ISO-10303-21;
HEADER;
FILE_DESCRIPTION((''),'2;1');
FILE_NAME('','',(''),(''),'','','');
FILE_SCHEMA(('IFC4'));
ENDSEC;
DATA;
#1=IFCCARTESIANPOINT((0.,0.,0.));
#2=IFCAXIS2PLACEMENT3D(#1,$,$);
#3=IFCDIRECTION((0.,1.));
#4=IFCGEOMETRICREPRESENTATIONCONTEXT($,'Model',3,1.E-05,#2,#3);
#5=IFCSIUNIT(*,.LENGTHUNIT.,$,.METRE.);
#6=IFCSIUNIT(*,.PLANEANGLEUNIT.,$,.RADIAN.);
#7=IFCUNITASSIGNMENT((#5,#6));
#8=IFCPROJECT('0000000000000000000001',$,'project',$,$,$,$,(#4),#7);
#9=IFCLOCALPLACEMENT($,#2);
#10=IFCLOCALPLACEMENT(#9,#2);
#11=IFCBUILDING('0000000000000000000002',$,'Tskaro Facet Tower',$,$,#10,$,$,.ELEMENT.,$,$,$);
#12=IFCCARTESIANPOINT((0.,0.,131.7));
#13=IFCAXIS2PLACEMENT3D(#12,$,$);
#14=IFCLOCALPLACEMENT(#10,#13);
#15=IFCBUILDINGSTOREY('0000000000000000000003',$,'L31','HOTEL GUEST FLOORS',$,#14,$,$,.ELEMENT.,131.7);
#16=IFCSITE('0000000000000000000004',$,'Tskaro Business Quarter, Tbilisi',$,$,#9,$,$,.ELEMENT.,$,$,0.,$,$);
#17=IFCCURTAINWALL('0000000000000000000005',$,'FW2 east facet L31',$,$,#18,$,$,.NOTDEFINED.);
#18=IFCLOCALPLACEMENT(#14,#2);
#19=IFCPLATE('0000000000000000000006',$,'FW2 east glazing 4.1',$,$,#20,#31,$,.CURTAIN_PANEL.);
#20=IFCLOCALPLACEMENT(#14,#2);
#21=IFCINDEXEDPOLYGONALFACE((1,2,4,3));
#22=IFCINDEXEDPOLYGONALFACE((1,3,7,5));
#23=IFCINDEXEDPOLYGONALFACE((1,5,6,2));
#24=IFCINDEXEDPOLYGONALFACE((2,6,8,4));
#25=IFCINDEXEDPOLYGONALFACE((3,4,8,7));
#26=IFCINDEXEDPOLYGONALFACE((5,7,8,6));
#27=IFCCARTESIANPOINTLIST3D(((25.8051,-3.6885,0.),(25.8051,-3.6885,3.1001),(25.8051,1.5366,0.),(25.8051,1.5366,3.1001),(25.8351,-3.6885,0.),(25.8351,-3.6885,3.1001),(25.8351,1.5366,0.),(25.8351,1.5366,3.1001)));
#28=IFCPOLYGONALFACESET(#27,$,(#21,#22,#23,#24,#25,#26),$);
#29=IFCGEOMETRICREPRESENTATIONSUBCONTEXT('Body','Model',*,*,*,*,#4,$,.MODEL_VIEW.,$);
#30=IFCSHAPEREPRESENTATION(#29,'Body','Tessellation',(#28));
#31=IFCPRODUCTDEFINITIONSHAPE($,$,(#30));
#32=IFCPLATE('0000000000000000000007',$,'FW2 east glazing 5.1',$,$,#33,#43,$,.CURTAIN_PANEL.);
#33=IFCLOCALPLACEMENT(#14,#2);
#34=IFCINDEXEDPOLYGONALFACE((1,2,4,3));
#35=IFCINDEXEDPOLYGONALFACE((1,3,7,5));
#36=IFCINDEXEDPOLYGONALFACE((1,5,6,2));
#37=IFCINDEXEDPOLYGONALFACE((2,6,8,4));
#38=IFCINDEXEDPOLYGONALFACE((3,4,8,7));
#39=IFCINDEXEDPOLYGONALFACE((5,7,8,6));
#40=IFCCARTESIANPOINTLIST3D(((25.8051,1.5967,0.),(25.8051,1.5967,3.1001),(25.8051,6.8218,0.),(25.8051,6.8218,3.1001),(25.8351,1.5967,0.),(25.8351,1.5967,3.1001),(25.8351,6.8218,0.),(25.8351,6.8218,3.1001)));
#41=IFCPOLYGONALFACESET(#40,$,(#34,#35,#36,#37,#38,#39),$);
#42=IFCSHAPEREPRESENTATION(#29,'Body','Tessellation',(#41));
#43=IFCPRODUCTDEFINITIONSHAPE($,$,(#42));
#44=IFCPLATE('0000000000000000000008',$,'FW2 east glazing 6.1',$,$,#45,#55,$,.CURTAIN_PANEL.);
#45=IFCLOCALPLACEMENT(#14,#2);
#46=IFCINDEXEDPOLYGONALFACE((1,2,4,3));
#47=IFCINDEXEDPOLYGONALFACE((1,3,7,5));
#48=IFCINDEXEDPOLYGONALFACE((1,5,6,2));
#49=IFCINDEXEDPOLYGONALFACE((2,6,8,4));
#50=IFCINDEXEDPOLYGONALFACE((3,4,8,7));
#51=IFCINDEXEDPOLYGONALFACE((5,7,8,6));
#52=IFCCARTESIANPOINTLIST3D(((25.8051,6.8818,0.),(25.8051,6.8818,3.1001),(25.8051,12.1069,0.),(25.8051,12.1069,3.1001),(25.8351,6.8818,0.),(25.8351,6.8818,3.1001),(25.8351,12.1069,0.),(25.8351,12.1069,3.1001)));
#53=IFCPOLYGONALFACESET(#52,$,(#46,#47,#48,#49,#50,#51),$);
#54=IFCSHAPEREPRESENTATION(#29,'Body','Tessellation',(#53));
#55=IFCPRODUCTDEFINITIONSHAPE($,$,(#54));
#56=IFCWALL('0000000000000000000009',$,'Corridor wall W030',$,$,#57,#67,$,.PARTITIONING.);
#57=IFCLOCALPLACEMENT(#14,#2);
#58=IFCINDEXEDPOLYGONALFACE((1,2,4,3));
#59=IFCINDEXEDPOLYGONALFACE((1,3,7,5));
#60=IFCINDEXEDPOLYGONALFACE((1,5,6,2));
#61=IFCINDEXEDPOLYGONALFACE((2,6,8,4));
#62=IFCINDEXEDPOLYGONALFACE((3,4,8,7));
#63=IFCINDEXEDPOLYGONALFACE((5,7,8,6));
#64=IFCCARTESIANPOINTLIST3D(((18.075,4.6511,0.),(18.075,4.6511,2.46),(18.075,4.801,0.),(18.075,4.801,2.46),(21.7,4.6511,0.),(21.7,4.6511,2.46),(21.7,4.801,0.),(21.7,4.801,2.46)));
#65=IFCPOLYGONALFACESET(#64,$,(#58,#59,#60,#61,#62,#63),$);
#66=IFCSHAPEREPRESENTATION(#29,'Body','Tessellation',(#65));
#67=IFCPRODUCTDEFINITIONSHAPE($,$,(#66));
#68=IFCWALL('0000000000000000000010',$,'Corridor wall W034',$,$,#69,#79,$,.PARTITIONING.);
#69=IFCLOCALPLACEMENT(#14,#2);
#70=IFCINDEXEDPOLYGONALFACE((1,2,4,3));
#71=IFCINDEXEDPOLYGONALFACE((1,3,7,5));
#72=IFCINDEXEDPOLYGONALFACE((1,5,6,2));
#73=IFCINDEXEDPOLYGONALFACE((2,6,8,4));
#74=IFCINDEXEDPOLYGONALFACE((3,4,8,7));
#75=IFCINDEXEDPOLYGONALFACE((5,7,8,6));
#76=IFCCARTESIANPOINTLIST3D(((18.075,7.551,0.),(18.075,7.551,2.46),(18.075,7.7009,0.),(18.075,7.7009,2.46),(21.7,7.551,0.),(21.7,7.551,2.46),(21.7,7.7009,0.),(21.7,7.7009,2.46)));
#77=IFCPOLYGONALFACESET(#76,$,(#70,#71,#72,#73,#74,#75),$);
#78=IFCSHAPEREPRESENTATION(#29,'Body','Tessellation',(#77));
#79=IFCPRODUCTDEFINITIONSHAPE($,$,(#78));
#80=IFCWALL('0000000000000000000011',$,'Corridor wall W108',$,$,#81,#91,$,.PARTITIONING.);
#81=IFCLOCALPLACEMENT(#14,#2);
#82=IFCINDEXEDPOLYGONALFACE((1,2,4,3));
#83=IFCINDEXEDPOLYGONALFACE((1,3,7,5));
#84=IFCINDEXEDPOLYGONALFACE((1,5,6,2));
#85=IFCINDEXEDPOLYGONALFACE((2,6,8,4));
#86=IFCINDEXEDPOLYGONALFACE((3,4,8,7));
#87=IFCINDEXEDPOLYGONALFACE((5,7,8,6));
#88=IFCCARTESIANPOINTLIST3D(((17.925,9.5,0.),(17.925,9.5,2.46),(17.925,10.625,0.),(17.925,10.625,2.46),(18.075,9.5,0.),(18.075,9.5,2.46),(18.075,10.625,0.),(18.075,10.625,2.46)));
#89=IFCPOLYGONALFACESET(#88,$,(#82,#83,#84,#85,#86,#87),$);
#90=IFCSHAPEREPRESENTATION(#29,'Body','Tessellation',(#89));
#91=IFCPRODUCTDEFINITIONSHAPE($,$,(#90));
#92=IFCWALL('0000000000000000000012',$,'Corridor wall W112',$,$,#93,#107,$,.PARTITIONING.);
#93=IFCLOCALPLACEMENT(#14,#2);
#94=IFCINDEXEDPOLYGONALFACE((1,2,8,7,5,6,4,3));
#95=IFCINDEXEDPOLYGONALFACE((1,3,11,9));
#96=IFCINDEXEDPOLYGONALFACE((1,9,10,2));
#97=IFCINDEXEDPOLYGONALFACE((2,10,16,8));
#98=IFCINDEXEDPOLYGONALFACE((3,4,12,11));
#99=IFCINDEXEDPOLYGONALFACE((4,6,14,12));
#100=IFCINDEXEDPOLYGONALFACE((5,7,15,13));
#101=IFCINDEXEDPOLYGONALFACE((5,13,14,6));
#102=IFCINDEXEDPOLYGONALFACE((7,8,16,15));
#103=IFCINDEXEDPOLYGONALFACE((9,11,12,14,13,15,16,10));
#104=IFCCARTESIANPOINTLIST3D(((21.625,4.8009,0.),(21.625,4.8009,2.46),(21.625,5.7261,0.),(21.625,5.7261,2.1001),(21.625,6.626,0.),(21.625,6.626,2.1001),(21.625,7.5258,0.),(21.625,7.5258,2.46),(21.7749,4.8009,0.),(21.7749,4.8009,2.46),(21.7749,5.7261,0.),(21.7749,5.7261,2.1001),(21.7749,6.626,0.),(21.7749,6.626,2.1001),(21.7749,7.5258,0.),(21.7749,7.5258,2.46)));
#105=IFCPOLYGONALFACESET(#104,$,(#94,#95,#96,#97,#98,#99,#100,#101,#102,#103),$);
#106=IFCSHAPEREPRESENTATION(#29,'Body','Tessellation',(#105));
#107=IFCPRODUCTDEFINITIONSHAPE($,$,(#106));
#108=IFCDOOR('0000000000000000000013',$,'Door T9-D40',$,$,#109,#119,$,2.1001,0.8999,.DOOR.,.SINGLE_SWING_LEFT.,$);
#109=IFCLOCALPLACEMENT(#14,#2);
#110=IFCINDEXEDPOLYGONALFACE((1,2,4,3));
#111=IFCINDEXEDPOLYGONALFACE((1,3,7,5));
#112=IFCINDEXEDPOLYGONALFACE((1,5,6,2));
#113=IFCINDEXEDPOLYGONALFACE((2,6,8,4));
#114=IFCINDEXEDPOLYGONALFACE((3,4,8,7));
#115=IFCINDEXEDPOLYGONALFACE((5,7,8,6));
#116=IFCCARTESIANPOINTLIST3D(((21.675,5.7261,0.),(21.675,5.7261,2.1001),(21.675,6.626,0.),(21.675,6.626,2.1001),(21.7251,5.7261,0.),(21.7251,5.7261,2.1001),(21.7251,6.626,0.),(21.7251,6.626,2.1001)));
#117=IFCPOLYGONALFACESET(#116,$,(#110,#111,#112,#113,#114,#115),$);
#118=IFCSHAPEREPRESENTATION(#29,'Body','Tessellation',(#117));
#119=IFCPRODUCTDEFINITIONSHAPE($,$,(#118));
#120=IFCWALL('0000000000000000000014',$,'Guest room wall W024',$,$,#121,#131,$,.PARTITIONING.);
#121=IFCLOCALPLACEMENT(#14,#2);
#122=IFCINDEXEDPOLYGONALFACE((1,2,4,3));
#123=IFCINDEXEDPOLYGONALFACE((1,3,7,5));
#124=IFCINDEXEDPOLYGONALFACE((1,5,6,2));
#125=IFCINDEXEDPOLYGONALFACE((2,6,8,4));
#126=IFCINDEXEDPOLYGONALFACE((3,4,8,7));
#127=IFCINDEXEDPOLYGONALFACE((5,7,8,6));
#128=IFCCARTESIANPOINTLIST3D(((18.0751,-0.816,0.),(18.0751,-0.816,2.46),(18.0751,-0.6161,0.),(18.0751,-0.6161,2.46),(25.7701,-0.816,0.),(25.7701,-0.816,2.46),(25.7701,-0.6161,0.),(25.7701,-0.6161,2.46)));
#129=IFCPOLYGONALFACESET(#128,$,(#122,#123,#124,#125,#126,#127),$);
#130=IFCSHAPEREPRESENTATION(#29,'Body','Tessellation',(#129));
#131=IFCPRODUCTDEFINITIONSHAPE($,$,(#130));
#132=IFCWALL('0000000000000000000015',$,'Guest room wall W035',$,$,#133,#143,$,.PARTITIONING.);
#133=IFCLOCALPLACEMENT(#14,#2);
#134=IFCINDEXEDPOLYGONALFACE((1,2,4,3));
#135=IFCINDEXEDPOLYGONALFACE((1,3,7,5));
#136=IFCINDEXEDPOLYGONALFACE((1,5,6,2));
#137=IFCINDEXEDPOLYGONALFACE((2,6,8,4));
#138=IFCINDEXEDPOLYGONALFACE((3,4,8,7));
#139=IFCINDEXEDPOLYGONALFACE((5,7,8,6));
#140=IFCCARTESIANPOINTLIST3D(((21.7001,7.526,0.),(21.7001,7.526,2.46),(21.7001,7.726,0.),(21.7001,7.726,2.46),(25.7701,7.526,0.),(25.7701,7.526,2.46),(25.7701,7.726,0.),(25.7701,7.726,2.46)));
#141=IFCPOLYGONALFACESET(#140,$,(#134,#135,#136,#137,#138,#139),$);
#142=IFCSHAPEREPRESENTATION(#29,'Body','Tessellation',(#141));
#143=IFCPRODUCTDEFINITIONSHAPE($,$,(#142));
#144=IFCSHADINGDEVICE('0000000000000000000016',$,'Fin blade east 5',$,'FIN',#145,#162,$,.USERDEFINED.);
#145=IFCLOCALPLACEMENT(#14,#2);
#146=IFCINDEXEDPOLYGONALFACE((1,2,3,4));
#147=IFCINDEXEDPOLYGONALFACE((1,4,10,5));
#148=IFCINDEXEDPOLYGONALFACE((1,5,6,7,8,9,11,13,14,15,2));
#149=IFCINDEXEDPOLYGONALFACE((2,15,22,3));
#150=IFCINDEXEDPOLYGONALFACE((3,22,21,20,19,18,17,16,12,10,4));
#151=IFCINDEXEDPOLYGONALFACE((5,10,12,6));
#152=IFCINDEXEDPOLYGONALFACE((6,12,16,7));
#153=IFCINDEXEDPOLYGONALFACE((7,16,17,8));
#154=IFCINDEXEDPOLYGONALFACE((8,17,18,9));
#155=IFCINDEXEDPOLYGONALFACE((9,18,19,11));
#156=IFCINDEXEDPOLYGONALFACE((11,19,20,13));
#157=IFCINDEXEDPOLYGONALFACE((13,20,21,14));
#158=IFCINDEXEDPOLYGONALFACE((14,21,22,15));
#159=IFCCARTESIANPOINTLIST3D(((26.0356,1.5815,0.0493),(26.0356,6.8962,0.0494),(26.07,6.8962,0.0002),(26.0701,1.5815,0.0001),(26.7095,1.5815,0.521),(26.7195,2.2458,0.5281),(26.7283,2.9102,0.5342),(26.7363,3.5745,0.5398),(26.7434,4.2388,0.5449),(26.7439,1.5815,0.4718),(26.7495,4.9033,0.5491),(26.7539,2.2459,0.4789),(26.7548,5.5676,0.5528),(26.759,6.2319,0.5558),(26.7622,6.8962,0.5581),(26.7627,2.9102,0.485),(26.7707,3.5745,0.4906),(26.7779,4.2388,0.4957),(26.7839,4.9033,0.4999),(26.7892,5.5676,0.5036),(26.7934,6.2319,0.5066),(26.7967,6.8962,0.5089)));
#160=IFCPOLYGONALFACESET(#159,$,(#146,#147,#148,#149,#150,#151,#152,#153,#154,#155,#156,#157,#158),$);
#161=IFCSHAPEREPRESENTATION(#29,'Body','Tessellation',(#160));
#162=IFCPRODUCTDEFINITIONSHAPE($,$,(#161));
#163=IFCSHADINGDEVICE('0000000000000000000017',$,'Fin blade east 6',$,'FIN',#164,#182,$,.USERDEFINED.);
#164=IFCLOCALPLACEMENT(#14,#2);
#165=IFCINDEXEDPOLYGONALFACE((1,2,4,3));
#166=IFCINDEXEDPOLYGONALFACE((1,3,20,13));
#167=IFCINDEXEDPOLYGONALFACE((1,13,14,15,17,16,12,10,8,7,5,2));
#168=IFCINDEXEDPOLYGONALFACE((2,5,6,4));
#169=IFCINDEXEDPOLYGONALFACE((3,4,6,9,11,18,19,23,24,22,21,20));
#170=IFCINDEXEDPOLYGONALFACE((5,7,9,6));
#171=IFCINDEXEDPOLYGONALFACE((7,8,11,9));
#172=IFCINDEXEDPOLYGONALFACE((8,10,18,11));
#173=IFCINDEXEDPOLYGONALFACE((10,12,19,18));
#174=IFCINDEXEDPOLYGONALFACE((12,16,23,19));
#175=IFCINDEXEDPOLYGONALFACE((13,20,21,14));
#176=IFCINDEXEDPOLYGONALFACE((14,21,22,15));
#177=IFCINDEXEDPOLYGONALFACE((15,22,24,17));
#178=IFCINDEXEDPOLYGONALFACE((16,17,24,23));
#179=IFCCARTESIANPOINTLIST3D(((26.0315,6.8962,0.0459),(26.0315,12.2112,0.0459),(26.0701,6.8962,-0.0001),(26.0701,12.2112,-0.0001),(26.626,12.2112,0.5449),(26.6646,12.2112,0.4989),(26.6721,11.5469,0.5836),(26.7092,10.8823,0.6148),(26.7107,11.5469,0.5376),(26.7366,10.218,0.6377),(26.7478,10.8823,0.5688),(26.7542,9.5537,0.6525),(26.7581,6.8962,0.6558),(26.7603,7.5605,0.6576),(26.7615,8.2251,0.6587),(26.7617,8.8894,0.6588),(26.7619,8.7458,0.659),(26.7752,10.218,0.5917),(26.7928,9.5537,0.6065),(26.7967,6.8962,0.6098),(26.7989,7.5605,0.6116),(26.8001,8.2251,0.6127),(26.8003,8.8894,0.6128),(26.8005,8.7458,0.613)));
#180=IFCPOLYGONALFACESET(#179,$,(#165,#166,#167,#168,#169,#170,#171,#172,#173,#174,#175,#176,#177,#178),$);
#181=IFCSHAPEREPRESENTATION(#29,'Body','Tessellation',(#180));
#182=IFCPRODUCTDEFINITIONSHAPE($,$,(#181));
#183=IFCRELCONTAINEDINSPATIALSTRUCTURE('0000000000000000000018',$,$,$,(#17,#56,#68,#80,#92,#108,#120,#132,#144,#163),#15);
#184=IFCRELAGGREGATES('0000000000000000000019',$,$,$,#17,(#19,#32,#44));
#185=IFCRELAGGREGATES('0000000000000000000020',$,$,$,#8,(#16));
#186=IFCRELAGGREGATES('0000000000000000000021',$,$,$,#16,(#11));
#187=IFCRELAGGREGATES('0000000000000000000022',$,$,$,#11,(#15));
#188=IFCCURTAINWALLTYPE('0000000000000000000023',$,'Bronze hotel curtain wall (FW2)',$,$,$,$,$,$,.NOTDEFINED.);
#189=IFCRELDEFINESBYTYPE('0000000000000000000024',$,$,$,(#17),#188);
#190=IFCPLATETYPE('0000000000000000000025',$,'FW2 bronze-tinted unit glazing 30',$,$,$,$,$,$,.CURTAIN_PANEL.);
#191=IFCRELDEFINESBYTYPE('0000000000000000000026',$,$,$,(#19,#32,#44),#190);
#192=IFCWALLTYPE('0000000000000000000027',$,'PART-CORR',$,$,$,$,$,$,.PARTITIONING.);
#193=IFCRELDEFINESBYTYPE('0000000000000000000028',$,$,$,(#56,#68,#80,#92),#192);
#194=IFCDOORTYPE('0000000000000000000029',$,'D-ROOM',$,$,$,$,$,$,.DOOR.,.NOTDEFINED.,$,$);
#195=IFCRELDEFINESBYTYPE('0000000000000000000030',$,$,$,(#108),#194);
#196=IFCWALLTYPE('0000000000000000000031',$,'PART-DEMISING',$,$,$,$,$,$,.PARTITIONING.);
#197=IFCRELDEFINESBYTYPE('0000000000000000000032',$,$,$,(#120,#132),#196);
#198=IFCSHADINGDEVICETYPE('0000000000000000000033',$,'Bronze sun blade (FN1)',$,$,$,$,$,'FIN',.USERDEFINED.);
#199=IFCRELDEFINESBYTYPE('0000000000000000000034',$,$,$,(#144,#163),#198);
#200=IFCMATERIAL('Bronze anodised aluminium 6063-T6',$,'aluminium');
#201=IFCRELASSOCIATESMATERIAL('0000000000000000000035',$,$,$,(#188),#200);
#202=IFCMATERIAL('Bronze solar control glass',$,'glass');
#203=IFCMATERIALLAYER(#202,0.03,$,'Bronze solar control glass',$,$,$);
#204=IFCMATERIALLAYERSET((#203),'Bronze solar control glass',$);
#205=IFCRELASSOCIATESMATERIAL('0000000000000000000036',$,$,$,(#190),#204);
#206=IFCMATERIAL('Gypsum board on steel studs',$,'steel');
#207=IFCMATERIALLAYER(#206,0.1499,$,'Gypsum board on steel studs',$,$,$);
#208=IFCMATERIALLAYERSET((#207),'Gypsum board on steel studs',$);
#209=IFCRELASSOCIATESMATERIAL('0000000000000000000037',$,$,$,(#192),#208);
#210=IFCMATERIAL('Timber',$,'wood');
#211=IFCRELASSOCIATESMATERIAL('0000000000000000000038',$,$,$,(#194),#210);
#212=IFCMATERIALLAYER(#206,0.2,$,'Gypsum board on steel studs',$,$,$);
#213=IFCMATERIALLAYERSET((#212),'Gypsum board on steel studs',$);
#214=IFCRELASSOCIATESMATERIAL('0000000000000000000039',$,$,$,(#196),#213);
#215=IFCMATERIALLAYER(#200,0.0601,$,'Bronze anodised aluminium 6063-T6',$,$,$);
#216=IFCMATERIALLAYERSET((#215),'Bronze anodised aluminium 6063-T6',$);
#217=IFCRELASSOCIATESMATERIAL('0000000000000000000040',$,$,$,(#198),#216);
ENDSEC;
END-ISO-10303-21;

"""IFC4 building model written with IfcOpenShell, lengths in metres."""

from ifc_helpers import new_model, si_unit, direction, frame, frame_2d, origin, origin_2d, place, context, subcontext, project, spatial, polyline, rectangle, outline, extrude, material, layer, layer_set, type_object, element, fill, aggregate, save


model = new_model("IFC4")

# Units and contexts
model_context = context("Model", 3, precision=1e-05, world=origin(), true_north=direction((0.0, 1.0)))
body_context = subcontext(model_context, "Body", "Model", "MODEL_VIEW")
ifc_project = project(units=[si_unit("LENGTHUNIT", "METRE"), si_unit("PLANEANGLEUNIT", "RADIAN")], contexts=[model_context])

# Site, building, storey
site_placement = place(None, origin())
site = spatial("IfcSite", under=ifc_project, at=site_placement, Name="Tskaro Business Quarter, Tbilisi", CompositionType="ELEMENT", RefElevation=0.0)
building_placement = place(site_placement, origin())
building = spatial("IfcBuilding", under=site, at=building_placement, Name="Tskaro Facet Tower", CompositionType="ELEMENT")
storey_placement = place(building_placement, frame((0.0, 0.0, 131.7)))
storey = spatial("IfcBuildingStorey", under=building, at=storey_placement, Name="L31", Description="HOTEL GUEST FLOORS", CompositionType="ELEMENT", Elevation=131.7)

# Curtain wall
ifc_material_1 = material(Name="Bronze anodised aluminium 6063-T6", Category="aluminium")
curtain_wall_type = type_object("IfcCurtainWallType", Name="Bronze hotel curtain wall (FW2)", PredefinedType="NOTDEFINED", material=ifc_material_1)
curtain_wall_placement = place(storey_placement, origin())
curtain_wall = element("IfcCurtainWall", 1, at=curtain_wall_placement, inside=storey, type_object=curtain_wall_type, Name="FW2 east facet L31", PredefinedType="NOTDEFINED")

# Plates
ifc_material_2 = material(Name="Bronze solar control glass", Category="glass")
ifc_layer_1 = layer(ifc_material_2, 0.03, Name="Bronze solar control glass")
ifc_layer_set_1 = layer_set([ifc_layer_1], Name="Bronze solar control glass")
plate_type = type_object("IfcPlateType", Name="FW2 bronze-tinted unit glazing 30", PredefinedType="CURTAIN_PANEL", material=ifc_layer_set_1)
plate_1_placement = place(storey_placement, frame((25.8201, -1.0759, 0.0), z_axis=(0.0, 0.0, 1.0), x_axis=(0.0, 1.0, 0.0)))
plate_1 = element("IfcPlate", 2, at=plate_1_placement, type_object=plate_type, Name="FW2 east glazing 4.1", PredefinedType="CURTAIN_PANEL", context=body_context, shape_type="SweptSolid", body=[
    extrude(rectangle(XDim=5.2251, YDim=0.03, at=origin_2d()), origin(), (0.0, 0.0, 1.0), 3.1001),
])
plate_2_placement = place(storey_placement, frame((25.8201, 4.2092, 0.0), z_axis=(0.0, 0.0, 1.0), x_axis=(0.0, 1.0, 0.0)))
plate_2 = element("IfcPlate", 3, at=plate_2_placement, type_object=plate_type, Name="FW2 east glazing 5.1", PredefinedType="CURTAIN_PANEL", context=body_context, shape_type="SweptSolid", body=[
    extrude(rectangle(XDim=5.2251, YDim=0.03, at=origin_2d()), origin(), (0.0, 0.0, 1.0), 3.1001),
])
plate_3_placement = place(storey_placement, frame((25.8201, 9.4944, 0.0), z_axis=(0.0, 0.0, 1.0), x_axis=(0.0, 1.0, 0.0)))
plate_3 = element("IfcPlate", 4, at=plate_3_placement, type_object=plate_type, Name="FW2 east glazing 6.1", PredefinedType="CURTAIN_PANEL", context=body_context, shape_type="SweptSolid", body=[
    extrude(rectangle(XDim=5.2251, YDim=0.03, at=origin_2d()), origin(), (0.0, 0.0, 1.0), 3.1001),
])
aggregate(curtain_wall, [plate_1, plate_2, plate_3])

# Walls
ifc_material_3 = material(Name="Gypsum board on steel studs", Category="steel")
ifc_layer_2 = layer(ifc_material_3, 0.1499, Name="Gypsum board on steel studs")
ifc_layer_set_2 = layer_set([ifc_layer_2], Name="Gypsum board on steel studs")
wall_type_1 = type_object("IfcWallType", Name="PART-CORR", PredefinedType="PARTITIONING", material=ifc_layer_set_2)
for number, where, z_axis, x_axis, name in (
    (5, (18.075, 4.7261, 0.0), (0.0, 0.0, 1.0), (1.0, 0.0, 0.0), "Corridor wall W030"),
    (6, (18.075, 7.626, 0.0), (0.0, 0.0, 1.0), (1.0, 0.0, 0.0), "Corridor wall W034"),
):
    element("IfcWall", number, at=place(storey_placement, frame(where, z_axis=z_axis, x_axis=x_axis)), inside=storey, type_object=wall_type_1, Name=name, PredefinedType="PARTITIONING", context=body_context, shape_type="SweptSolid", body=[
        extrude(rectangle(XDim=3.625, YDim=0.1499, at=frame_2d((1.8125, 0.0))), origin(), (0.0, 0.0, 1.0), 2.46),
    ])
wall_1_placement = place(storey_placement, frame((18.0, 9.5, 0.0), z_axis=(0.0, 0.0, 1.0), x_axis=(0.0, 1.0, 0.0)))
element("IfcWall", 7, at=wall_1_placement, inside=storey, type_object=wall_type_1, Name="Corridor wall W108", PredefinedType="PARTITIONING", context=body_context, shape_type="SweptSolid", body=[
    extrude(rectangle(XDim=1.125, YDim=0.1499, at=frame_2d((0.5625, 0.0))), origin(), (0.0, 0.0, 1.0), 2.46),
])

# Wall, opening, door
wall_2_placement = place(storey_placement, frame((21.7, 4.801, 0.0), z_axis=(0.0, 0.0, 1.0), x_axis=(0.0, 1.0, 0.0)))
wall_2 = element("IfcWall", 8, at=wall_2_placement, inside=storey, type_object=wall_type_1, Name="Corridor wall W112", PredefinedType="PARTITIONING", context=body_context, shape_type="SweptSolid", body=[
    extrude(rectangle(XDim=2.7249, YDim=0.1499, at=frame_2d((1.3623, 0.0))), origin(), (0.0, 0.0, 1.0), 2.46),
])
opening_placement = place(wall_2_placement, frame((0.925, 0.0, 0.0)))
opening = element("IfcOpeningElement", 9, at=opening_placement, cuts=wall_2, PredefinedType="OPENING", context=body_context, shape_type="SweptSolid", body=[
    extrude(rectangle(XDim=0.8999, YDim=2.1001, at=frame_2d((0.45, 1.05))), frame((0.0, 0.085, 0.0), z_axis=(0.0, -1.0, 0.0), x_axis=(1.0, 0.0, 0.0)), (0.0, 0.0, 1.0), 0.1699),
])
ifc_material_4 = material(Name="Timber", Category="wood")
door_type = type_object("IfcDoorType", Name="D-ROOM", OperationType="NOTDEFINED", PredefinedType="DOOR", material=ifc_material_4)
door_placement = place(opening_placement, origin())
door = element("IfcDoor", 10, at=door_placement, inside=storey, type_object=door_type, Name="Door T9-D40", OperationType="SINGLE_SWING_LEFT", OverallHeight=2.1001, OverallWidth=0.8999, PredefinedType="DOOR", context=body_context, shape_type="SweptSolid", body=[
    extrude(rectangle(XDim=0.8999, YDim=2.1001, at=frame_2d((0.45, 1.05))), frame((0.0, 0.0249, 0.0), z_axis=(0.0, -1.0, 0.0), x_axis=(1.0, 0.0, 0.0)), (0.0, 0.0, 1.0), 0.05),
])
fill(opening, door)

# Walls
ifc_layer_3 = layer(ifc_material_3, 0.2, Name="Gypsum board on steel studs")
ifc_layer_set_3 = layer_set([ifc_layer_3], Name="Gypsum board on steel studs")
wall_type_2 = type_object("IfcWallType", Name="PART-DEMISING", PredefinedType="PARTITIONING", material=ifc_layer_set_3)
wall_3_placement = place(storey_placement, frame((18.075, -0.7161, 0.0), z_axis=(0.0, 0.0, 1.0), x_axis=(1.0, 0.0, 0.0)))
element("IfcWall", 11, at=wall_3_placement, inside=storey, type_object=wall_type_2, Name="Guest room wall W024", PredefinedType="PARTITIONING", context=body_context, shape_type="SweptSolid", body=[
    extrude(rectangle(XDim=7.6951, YDim=0.2, at=frame_2d((3.8477, 0.0))), origin(), (0.0, 0.0, 1.0), 2.46),
])
wall_4_placement = place(storey_placement, frame((21.7, 7.626, 0.0), z_axis=(0.0, 0.0, 1.0), x_axis=(1.0, 0.0, 0.0)))
element("IfcWall", 12, at=wall_4_placement, inside=storey, type_object=wall_type_2, Name="Guest room wall W035", PredefinedType="PARTITIONING", context=body_context, shape_type="SweptSolid", body=[
    extrude(rectangle(XDim=4.0701, YDim=0.2, at=frame_2d((2.0352, 0.0))), origin(), (0.0, 0.0, 1.0), 2.46),
])

# Shading devices
ifc_layer_4 = layer(ifc_material_1, 0.0601, Name="Bronze anodised aluminium 6063-T6")
ifc_layer_set_4 = layer_set([ifc_layer_4], Name="Bronze anodised aluminium 6063-T6")
shading_device_type = type_object("IfcShadingDeviceType", Name="Bronze sun blade (FN1)", ElementType="FIN", PredefinedType="USERDEFINED", material=ifc_layer_set_4)
shading_device_1_placement = place(storey_placement, frame((26.0356, 1.5815, 0.0493), z_axis=(-0.573496, -0.000015, 0.819209), x_axis=(-0.000009, 1.0, 0.000012)))
element("IfcShadingDevice", 13, at=shading_device_1_placement, inside=storey, type_object=shading_device_type, Name="Fin blade east 5", ObjectType="FIN", PredefinedType="USERDEFINED", context=body_context, shape_type="SweptSolid", body=[
    extrude(outline(polyline([(0.0, 0.0), (5.3147, 0.0), (5.3147, -0.887), (4.6504, -0.883), (3.9861, -0.8779), (3.3218, -0.8714), (2.6572, -0.864), (1.9929, -0.8553), (1.3286, -0.8455), (0.6643, -0.8348), (0.0, -0.8225), (0.0, 0.0)])), origin(), (0.0, 0.0, -1.0), 0.0601),
])
shading_device_2_placement = place(storey_placement, frame((26.0315, 6.8962, 0.0459), z_axis=(-0.64291, 0.0, 0.765942), x_axis=(0.0, 1.0, 0.0)))
element("IfcShadingDevice", 14, at=shading_device_2_placement, inside=storey, type_object=shading_device_type, Name="Fin blade east 6", ObjectType="FIN", PredefinedType="USERDEFINED", context=body_context, shape_type="SweptSolid", body=[
    extrude(outline(polyline([(0.0, 0.0), (5.3149, 0.0), (5.3149, -0.7762), (4.6506, -0.8363), (3.9861, -0.8848), (3.3218, -0.9205), (2.6575, -0.9436), (1.9932, -0.9533), (1.8496, -0.9536), (1.3289, -0.9531), (0.6643, -0.9515), (0.0, -0.9486), (0.0, 0.0)])), origin(), (0.0, 0.0, -1.0), 0.0601),
])

save(model, "model.ifc")
